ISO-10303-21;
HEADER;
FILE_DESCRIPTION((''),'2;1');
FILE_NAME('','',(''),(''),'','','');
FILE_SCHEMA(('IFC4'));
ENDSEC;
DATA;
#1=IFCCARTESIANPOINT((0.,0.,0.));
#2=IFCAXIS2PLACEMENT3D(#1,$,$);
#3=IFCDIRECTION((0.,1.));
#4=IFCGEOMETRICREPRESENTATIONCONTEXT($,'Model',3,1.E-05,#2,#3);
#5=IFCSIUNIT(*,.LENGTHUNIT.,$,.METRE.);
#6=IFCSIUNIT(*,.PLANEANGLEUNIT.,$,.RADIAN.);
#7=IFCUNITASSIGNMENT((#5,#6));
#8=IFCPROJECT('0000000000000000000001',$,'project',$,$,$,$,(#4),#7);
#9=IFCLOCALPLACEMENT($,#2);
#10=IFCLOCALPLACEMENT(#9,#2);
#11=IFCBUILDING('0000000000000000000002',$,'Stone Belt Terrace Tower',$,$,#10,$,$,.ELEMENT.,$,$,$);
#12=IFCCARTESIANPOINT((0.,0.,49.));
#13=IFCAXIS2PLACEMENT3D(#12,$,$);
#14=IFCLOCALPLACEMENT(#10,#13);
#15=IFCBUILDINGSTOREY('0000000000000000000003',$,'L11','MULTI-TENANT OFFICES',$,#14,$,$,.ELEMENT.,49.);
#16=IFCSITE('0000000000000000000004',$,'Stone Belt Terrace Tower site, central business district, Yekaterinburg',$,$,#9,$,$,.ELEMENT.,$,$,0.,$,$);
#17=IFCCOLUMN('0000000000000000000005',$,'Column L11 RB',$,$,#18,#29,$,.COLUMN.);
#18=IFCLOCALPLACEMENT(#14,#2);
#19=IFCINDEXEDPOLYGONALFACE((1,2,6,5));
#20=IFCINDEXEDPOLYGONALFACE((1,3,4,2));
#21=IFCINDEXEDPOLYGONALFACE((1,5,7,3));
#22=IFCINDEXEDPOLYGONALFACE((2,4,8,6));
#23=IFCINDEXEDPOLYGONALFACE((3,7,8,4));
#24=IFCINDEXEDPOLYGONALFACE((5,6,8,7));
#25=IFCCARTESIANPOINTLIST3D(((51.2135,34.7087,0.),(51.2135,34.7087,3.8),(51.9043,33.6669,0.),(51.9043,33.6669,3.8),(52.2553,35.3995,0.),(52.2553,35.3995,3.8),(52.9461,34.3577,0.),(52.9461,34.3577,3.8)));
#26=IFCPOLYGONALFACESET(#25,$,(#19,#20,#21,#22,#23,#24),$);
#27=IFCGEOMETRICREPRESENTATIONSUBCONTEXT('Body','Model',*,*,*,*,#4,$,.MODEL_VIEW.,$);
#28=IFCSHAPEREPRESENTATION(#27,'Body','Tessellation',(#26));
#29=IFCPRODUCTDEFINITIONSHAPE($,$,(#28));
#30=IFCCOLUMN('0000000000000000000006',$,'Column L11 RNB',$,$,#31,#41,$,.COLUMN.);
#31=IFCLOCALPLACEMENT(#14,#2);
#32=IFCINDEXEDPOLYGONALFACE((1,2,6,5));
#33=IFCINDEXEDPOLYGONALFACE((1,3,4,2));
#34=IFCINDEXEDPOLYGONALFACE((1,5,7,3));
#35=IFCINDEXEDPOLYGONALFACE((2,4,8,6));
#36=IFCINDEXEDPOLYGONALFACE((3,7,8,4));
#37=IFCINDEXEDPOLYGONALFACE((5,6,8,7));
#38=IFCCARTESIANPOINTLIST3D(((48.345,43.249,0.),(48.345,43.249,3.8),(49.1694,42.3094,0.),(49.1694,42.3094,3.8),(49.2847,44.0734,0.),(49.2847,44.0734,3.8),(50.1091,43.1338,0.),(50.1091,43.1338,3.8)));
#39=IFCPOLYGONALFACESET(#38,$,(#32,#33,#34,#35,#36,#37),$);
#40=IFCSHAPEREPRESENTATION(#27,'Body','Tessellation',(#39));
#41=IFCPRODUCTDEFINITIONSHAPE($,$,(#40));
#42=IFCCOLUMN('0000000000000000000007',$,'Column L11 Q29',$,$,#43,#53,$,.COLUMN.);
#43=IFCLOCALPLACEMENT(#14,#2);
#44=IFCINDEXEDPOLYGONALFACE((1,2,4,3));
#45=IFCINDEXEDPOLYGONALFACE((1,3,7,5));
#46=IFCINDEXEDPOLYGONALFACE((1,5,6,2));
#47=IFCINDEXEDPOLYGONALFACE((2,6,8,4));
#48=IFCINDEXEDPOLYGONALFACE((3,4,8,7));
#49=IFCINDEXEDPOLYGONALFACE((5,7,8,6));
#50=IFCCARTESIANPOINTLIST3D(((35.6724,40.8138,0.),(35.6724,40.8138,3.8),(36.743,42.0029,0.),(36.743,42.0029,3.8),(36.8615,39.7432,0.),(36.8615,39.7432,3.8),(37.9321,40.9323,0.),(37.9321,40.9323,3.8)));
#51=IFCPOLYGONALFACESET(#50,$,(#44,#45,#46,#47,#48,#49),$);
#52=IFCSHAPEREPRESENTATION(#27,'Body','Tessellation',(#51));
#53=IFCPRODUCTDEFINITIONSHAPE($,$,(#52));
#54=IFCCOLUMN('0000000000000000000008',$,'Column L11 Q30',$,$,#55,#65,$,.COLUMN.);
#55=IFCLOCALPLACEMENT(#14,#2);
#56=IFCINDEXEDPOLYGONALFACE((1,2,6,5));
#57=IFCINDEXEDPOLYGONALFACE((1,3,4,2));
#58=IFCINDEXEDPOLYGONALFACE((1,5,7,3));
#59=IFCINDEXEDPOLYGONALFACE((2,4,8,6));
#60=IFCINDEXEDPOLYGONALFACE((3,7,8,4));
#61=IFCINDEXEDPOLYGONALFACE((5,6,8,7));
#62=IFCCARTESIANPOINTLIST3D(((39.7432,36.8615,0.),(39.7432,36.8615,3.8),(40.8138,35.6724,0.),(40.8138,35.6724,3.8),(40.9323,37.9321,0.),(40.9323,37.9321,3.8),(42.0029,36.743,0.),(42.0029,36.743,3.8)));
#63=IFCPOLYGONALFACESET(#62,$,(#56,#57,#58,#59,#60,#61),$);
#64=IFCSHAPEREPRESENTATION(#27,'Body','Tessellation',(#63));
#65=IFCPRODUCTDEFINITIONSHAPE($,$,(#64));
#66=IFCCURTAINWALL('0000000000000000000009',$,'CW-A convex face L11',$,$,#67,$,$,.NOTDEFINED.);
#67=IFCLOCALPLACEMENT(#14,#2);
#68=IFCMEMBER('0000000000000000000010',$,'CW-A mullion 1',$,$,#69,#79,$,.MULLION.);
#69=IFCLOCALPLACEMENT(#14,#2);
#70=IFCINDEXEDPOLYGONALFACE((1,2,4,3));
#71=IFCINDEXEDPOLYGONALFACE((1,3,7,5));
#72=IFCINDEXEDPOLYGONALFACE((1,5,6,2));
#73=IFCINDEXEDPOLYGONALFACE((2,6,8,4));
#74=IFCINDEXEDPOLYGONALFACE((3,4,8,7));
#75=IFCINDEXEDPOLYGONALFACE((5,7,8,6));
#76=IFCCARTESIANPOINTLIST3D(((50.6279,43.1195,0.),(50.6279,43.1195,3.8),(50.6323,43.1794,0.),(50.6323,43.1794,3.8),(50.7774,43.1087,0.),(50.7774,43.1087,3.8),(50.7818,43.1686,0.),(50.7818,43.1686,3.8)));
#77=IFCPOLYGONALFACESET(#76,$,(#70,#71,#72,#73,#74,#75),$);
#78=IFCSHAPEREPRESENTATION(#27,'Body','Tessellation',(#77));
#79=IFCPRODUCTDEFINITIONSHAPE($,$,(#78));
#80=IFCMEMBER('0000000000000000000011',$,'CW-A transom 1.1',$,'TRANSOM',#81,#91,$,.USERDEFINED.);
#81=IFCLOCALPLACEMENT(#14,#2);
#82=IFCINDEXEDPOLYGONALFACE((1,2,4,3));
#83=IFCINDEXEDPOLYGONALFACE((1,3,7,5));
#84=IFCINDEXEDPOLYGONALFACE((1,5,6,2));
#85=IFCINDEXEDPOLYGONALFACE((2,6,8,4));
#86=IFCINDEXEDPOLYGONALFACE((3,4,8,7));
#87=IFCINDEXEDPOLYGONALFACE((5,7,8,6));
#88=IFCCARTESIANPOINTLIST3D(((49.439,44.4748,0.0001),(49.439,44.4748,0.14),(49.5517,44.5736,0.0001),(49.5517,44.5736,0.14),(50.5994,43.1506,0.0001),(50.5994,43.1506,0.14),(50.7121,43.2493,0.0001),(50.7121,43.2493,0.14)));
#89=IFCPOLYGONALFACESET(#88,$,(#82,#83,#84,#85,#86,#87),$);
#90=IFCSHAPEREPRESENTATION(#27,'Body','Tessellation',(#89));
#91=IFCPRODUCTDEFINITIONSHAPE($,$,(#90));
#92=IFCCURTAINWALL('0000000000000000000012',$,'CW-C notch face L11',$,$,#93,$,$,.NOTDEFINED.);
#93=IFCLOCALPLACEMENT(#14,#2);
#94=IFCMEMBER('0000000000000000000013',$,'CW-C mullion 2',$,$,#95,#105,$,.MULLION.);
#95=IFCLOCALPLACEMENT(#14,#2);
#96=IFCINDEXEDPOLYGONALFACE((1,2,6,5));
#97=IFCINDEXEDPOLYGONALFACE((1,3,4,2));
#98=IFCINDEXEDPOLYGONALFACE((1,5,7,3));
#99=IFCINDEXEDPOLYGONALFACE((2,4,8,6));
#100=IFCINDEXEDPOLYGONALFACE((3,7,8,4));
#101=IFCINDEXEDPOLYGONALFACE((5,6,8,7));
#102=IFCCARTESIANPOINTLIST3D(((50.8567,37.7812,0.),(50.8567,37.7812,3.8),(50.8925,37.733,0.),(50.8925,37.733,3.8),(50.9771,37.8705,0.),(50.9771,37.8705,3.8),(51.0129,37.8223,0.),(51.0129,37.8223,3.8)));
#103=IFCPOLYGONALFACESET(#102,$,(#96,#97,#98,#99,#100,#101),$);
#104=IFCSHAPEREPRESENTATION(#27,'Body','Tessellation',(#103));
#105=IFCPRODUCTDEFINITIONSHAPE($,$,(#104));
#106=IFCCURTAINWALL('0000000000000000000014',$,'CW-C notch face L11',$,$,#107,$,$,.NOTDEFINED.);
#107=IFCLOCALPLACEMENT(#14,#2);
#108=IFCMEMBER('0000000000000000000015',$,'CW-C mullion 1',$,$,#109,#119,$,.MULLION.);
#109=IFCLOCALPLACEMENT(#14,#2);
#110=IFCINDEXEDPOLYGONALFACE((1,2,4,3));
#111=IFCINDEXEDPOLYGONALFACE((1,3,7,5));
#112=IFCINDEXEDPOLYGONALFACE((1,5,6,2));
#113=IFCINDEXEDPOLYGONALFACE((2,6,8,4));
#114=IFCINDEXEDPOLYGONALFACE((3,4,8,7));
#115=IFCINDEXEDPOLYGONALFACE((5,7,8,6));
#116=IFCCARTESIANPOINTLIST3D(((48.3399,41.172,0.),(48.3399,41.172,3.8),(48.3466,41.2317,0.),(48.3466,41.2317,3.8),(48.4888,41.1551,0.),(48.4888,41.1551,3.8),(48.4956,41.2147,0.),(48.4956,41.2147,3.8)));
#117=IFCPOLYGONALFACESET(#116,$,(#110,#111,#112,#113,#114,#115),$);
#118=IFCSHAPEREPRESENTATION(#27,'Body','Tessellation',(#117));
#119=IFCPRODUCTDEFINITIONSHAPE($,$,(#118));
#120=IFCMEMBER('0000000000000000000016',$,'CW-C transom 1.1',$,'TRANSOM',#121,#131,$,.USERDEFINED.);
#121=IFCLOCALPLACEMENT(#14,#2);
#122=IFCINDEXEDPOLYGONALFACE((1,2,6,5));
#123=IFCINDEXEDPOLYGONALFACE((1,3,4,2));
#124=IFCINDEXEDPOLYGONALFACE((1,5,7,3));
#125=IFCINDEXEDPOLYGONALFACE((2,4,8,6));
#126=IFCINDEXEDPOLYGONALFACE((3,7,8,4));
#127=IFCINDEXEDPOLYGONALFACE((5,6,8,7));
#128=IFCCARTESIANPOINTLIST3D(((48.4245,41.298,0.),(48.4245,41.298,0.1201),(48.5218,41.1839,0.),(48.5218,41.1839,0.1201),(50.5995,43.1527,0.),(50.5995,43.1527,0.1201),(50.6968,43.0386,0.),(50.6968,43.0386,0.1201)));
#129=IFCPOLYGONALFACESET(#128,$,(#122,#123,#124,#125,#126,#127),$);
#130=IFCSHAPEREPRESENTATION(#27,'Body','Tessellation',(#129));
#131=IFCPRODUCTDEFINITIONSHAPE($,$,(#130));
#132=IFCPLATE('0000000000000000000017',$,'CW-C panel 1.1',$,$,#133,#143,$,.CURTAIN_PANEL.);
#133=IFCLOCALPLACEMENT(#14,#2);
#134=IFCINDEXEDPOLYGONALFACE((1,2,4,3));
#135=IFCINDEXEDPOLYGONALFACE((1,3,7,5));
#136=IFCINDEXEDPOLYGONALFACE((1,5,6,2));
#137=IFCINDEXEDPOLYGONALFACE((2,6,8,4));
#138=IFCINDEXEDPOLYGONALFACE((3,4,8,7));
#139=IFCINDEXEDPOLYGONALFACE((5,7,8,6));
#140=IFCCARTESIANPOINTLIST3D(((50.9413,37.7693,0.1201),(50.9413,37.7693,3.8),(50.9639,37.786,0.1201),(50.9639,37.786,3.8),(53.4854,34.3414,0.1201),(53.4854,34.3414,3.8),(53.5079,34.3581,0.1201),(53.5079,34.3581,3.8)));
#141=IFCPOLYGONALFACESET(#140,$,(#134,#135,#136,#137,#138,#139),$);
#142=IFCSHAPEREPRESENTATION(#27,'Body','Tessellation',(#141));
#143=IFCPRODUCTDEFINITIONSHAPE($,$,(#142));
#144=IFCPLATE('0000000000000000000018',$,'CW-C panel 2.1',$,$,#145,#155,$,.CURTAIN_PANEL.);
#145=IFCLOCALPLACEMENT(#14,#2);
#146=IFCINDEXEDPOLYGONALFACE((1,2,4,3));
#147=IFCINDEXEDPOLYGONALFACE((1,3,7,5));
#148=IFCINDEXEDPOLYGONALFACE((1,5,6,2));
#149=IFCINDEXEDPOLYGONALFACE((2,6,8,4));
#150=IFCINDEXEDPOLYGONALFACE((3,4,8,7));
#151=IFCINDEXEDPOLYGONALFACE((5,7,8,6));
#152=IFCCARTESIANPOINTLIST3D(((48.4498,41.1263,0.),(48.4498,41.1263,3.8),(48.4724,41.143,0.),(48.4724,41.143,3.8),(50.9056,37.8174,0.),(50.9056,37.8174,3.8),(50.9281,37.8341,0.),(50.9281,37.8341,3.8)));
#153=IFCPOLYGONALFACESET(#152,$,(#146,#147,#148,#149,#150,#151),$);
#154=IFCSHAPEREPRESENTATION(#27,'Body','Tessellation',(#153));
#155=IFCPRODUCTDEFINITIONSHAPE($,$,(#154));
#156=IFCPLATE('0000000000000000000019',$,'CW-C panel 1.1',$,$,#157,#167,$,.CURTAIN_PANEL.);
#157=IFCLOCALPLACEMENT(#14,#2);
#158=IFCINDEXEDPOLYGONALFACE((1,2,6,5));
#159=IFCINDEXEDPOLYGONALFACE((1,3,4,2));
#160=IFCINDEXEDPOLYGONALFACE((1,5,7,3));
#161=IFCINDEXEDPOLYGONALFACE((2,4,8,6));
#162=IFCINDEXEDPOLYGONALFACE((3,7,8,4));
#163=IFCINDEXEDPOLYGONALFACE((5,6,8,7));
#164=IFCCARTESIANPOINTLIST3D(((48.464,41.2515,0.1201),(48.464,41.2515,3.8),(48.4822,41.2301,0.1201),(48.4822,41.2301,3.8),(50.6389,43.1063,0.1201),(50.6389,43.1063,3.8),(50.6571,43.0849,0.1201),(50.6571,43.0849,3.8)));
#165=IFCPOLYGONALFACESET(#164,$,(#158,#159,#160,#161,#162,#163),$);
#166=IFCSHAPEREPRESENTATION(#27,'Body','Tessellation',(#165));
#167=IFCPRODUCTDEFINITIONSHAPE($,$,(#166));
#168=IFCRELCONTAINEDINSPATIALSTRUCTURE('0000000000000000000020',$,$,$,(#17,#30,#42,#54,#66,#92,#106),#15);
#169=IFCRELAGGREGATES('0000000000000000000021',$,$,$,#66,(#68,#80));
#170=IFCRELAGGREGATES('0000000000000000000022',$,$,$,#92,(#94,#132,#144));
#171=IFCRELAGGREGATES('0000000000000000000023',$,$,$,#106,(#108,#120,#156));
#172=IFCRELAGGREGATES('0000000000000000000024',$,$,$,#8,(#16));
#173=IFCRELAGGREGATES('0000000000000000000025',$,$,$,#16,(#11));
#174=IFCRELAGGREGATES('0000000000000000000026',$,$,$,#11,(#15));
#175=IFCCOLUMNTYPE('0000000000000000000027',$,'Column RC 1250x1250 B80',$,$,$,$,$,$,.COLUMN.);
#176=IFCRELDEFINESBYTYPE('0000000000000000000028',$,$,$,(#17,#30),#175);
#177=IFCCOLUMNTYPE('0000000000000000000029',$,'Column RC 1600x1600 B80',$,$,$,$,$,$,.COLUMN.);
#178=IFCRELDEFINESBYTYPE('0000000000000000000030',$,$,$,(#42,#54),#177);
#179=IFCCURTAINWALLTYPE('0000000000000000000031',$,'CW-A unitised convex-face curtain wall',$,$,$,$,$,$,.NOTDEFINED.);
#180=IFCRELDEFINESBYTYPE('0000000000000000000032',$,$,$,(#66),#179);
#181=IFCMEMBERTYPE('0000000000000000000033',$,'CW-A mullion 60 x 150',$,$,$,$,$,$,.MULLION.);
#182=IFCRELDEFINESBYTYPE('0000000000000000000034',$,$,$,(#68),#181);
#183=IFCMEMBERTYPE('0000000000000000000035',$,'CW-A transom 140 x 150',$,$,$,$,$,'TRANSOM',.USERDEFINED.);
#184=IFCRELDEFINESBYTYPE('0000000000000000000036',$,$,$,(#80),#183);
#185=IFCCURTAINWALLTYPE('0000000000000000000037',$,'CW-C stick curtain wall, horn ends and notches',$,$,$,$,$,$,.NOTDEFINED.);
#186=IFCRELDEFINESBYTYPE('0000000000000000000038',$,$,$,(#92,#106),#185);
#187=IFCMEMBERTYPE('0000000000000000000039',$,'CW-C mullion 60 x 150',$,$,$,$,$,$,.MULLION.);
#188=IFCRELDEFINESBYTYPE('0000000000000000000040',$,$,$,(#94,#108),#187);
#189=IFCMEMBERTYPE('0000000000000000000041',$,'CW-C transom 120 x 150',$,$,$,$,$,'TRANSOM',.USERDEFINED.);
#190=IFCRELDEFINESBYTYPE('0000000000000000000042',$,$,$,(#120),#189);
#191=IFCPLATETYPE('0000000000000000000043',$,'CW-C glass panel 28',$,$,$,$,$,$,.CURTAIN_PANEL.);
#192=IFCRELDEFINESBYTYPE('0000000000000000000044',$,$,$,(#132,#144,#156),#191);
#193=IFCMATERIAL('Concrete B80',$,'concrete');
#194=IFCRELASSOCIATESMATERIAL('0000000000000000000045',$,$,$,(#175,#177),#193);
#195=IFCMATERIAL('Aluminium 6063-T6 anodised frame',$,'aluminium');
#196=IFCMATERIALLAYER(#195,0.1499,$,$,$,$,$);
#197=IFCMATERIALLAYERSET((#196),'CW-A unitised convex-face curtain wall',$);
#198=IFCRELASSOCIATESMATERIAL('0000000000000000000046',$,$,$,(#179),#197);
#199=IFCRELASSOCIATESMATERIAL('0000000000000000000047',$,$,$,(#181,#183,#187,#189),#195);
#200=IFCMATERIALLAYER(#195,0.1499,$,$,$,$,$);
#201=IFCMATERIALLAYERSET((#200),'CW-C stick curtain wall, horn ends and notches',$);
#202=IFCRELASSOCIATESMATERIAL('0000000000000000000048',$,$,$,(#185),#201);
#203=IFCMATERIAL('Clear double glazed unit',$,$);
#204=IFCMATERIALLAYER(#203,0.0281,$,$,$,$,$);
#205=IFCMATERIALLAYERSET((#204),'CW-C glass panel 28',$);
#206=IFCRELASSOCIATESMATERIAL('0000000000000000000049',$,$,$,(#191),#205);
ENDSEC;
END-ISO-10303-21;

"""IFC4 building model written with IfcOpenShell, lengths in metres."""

from ifc_helpers import new_model, si_unit, direction, frame, origin, origin_2d, place, context, subcontext, project, spatial, rectangle, extrude, material, layer, layer_set, material_profile, profile_set, type_object, element, aggregate, save


model = new_model("IFC4")

# Units and contexts
model_context = context("Model", 3, precision=1e-05, world=origin(), true_north=direction((0.0, 1.0)))
body_context = subcontext(model_context, "Body", "Model", "MODEL_VIEW")
ifc_project = project(units=[si_unit("LENGTHUNIT", "METRE"), si_unit("PLANEANGLEUNIT", "RADIAN")], contexts=[model_context])

# Site, building, storey
site_placement = place(None, origin())
site = spatial("IfcSite", under=ifc_project, at=site_placement, Name="Stone Belt Terrace Tower site, central business district, Yekaterinburg", CompositionType="ELEMENT", RefElevation=0.0)
building_placement = place(site_placement, origin())
building = spatial("IfcBuilding", under=site, at=building_placement, Name="Stone Belt Terrace Tower", CompositionType="ELEMENT")
storey_placement = place(building_placement, frame((0.0, 0.0, 49.0)))
storey = spatial("IfcBuildingStorey", under=building, at=storey_placement, Name="L11", Description="MULTI-TENANT OFFICES", CompositionType="ELEMENT", Elevation=49.0)

# Columns
ifc_material_1 = material(Name="Concrete B80", Category="concrete")
ifc_material_profile_1 = material_profile(ifc_material_1, rectangle(XDim=1.25, YDim=1.25, at=origin_2d()), Name="RC 1250x1250")
ifc_profile_set_1 = profile_set([ifc_material_profile_1], Name="Concrete B80")
column_type_1 = type_object("IfcColumnType", Name="Column RC 1250x1250 B80", PredefinedType="COLUMN", material=ifc_profile_set_1)
for number, where, z_axis, x_axis, name in (
    (1, (52.0798, 34.5332, 0.0), (0.0, 0.0, 1.0), (0.552632, -0.833425, 0.0), "Column L11 RB"),
    (2, (49.2271, 43.1914, 0.0), (0.0, 0.0, 1.0), (0.659522, -0.751686, 0.0), "Column L11 RNB"),
):
    element("IfcColumn", number, at=place(storey_placement, frame(where, z_axis=z_axis, x_axis=x_axis)), inside=storey, type_object=column_type_1, Name=name, PredefinedType="COLUMN", context=body_context, shape_type="SweptSolid", body=[
        extrude(rectangle(XDim=1.25, YDim=1.25, at=origin_2d()), origin(), (0.0, 0.0, 1.0), 3.8),
    ])
ifc_material_profile_2 = material_profile(ifc_material_1, rectangle(XDim=1.6001, YDim=1.6001, at=origin_2d()), Name="RC 1600x1600")
ifc_profile_set_2 = profile_set([ifc_material_profile_2], Name="Concrete B80")
column_type_2 = type_object("IfcColumnType", Name="Column RC 1600x1600 B80", PredefinedType="COLUMN", material=ifc_profile_set_2)
for number, where, z_axis, x_axis, name in (
    (3, (36.8022, 40.873, 0.0), (0.0, 0.0, 1.0), (0.743145, -0.669131, 0.0), "Column L11 Q29"),
    (4, (40.873, 36.8022, 0.0), (0.0, 0.0, 1.0), (0.669131, -0.743145, 0.0), "Column L11 Q30"),
):
    element("IfcColumn", number, at=place(storey_placement, frame(where, z_axis=z_axis, x_axis=x_axis)), inside=storey, type_object=column_type_2, Name=name, PredefinedType="COLUMN", context=body_context, shape_type="SweptSolid", body=[
        extrude(rectangle(XDim=1.6001, YDim=1.6001, at=origin_2d()), origin(), (0.0, 0.0, 1.0), 3.8),
    ])

# Curtain wall, members
ifc_material_2 = material(Name="Aluminium 6063-T6 anodised frame", Category="aluminium")
ifc_layer_1 = layer(ifc_material_2, 0.1499)
ifc_layer_set_1 = layer_set([ifc_layer_1], Name="CW-A unitised convex-face curtain wall")
curtain_wall_type_1 = type_object("IfcCurtainWallType", Name="CW-A unitised convex-face curtain wall", PredefinedType="NOTDEFINED", material=ifc_layer_set_1)
curtain_wall_1_placement = place(storey_placement, origin())
curtain_wall_1 = element("IfcCurtainWall", 5, at=curtain_wall_1_placement, inside=storey, type_object=curtain_wall_type_1, Name="CW-A convex face L11", PredefinedType="NOTDEFINED")
ifc_material_profile_3 = material_profile(ifc_material_2, rectangle(XDim=0.1499, YDim=0.0601, at=origin_2d()), Name="Aluminium 6063-T6 60x150")
ifc_profile_set_3 = profile_set([ifc_material_profile_3], Name="Aluminium 6063-T6 anodised frame")
member_type_1 = type_object("IfcMemberType", Name="CW-A mullion 60 x 150", PredefinedType="MULLION", material=ifc_profile_set_3)
member_1_placement = place(storey_placement, frame((50.7048, 43.144, 0.0), z_axis=(0.0, 0.0, 1.0), x_axis=(-0.99737, 0.072474, 0.0)))
member_1 = element("IfcMember", 6, at=member_1_placement, type_object=member_type_1, Name="CW-A mullion 1", PredefinedType="MULLION", context=body_context, shape_type="SweptSolid", body=[
    extrude(rectangle(XDim=0.1499, YDim=0.0601, at=origin_2d()), origin(), (0.0, 0.0, 1.0), 3.8),
])
ifc_material_profile_4 = material_profile(ifc_material_2, rectangle(XDim=0.1499, YDim=0.1399, at=origin_2d()), Name="Aluminium 6063-T6 150x140")
ifc_profile_set_4 = profile_set([ifc_material_profile_4], Name="Aluminium 6063-T6 anodised frame")
member_type_2 = type_object("IfcMemberType", Name="CW-A transom 140 x 150", ElementType="TRANSOM", PredefinedType="USERDEFINED", material=ifc_profile_set_4)
member_2_placement = place(storey_placement, frame((50.6558, 43.2, 0.0701), z_axis=(-0.659054, 0.752095, 0.0), x_axis=(-0.752095, -0.659054, 0.0)))
member_2 = element("IfcMember", 7, at=member_2_placement, type_object=member_type_2, Name="CW-A transom 1.1", ObjectType="TRANSOM", PredefinedType="USERDEFINED", context=body_context, shape_type="SweptSolid", body=[
    extrude(rectangle(XDim=0.1499, YDim=0.1399, at=origin_2d()), origin(), (0.0, 0.0, 1.0), 1.7607),
])
aggregate(curtain_wall_1, [member_1, member_2])

# Curtain wall, member
ifc_layer_2 = layer(ifc_material_2, 0.1499)
ifc_layer_set_2 = layer_set([ifc_layer_2], Name="CW-C stick curtain wall, horn ends and notches")
curtain_wall_type_2 = type_object("IfcCurtainWallType", Name="CW-C stick curtain wall, horn ends and notches", PredefinedType="NOTDEFINED", material=ifc_layer_set_2)
curtain_wall_2_placement = place(storey_placement, origin())
curtain_wall_2 = element("IfcCurtainWall", 8, at=curtain_wall_2_placement, inside=storey, type_object=curtain_wall_type_2, Name="CW-C notch face L11", PredefinedType="NOTDEFINED")
ifc_material_profile_5 = material_profile(ifc_material_2, rectangle(XDim=0.1499, YDim=0.0601, at=origin_2d()), Name="Aluminium 6063-T6 60x150")
ifc_profile_set_5 = profile_set([ifc_material_profile_5], Name="Aluminium 6063-T6 anodised frame")
member_type_3 = type_object("IfcMemberType", Name="CW-C mullion 60 x 150", PredefinedType="MULLION", material=ifc_profile_set_5)
member_3_placement = place(storey_placement, frame((50.9348, 37.8018, 0.0), z_axis=(0.0, 0.0, 1.0), x_axis=(-0.803011, -0.595964, 0.0)))
member_3 = element("IfcMember", 9, at=member_3_placement, type_object=member_type_3, Name="CW-C mullion 2", PredefinedType="MULLION", context=body_context, shape_type="SweptSolid", body=[
    extrude(rectangle(XDim=0.1499, YDim=0.0601, at=origin_2d()), origin(), (0.0, 0.0, 1.0), 3.8),
])

# Curtain wall, members
curtain_wall_3_placement = place(storey_placement, origin())
curtain_wall_3 = element("IfcCurtainWall", 10, at=curtain_wall_3_placement, inside=storey, type_object=curtain_wall_type_2, Name="CW-C notch face L11", PredefinedType="NOTDEFINED")
member_4_placement = place(storey_placement, frame((48.4177, 41.1934, 0.0), z_axis=(0.0, 0.0, 1.0), x_axis=(-0.993611, 0.112857, 0.0)))
member_4 = element("IfcMember", 11, at=member_4_placement, type_object=member_type_3, Name="CW-C mullion 1", PredefinedType="MULLION", context=body_context, shape_type="SweptSolid", body=[
    extrude(rectangle(XDim=0.1499, YDim=0.0601, at=origin_2d()), origin(), (0.0, 0.0, 1.0), 3.8),
])
ifc_material_profile_6 = material_profile(ifc_material_2, rectangle(XDim=0.1499, YDim=0.1201, at=origin_2d()), Name="Aluminium 6063-T6 150x120")
ifc_profile_set_6 = profile_set([ifc_material_profile_6], Name="Aluminium 6063-T6 anodised frame")
member_type_4 = type_object("IfcMemberType", Name="CW-C transom 120 x 150", ElementType="TRANSOM", PredefinedType="USERDEFINED", material=ifc_profile_set_6)
member_5_placement = place(storey_placement, frame((48.4731, 41.241, 0.0601), z_axis=(0.760912, 0.648855, 0.0), x_axis=(-0.648855, 0.760912, 0.0)))
member_5 = element("IfcMember", 12, at=member_5_placement, type_object=member_type_4, Name="CW-C transom 1.1", ObjectType="TRANSOM", PredefinedType="USERDEFINED", context=body_context, shape_type="SweptSolid", body=[
    extrude(rectangle(XDim=0.1499, YDim=0.1201, at=origin_2d()), origin(), (0.0, 0.0, 1.0), 2.8584),
])

# Plates
ifc_material_3 = material(Name="Clear double glazed unit")
ifc_layer_3 = layer(ifc_material_3, 0.0281)
ifc_layer_set_3 = layer_set([ifc_layer_3], Name="CW-C glass panel 28")
plate_type = type_object("IfcPlateType", Name="CW-C glass panel 28", PredefinedType="CURTAIN_PANEL", material=ifc_layer_set_3)
plate_1_placement = place(storey_placement, frame((52.2246, 36.0637, 0.1201), z_axis=(0.0, 0.0, 1.0), x_axis=(-0.595964, 0.803011, 0.0)))
plate_1 = element("IfcPlate", 13, at=plate_1_placement, type_object=plate_type, Name="CW-C panel 1.1", PredefinedType="CURTAIN_PANEL", context=body_context, shape_type="SweptSolid", body=[
    extrude(rectangle(XDim=4.2688, YDim=0.0281, at=origin_2d()), origin(), (0.0, 0.0, 1.0), 3.6799),
])
plate_2_placement = place(storey_placement, frame((49.689, 39.4802, 0.0), z_axis=(0.0, 0.0, 1.0), x_axis=(-0.595964, 0.803011, 0.0)))
plate_2 = element("IfcPlate", 14, at=plate_2_placement, type_object=plate_type, Name="CW-C panel 2.1", PredefinedType="CURTAIN_PANEL", context=body_context, shape_type="SweptSolid", body=[
    extrude(rectangle(XDim=4.1206, YDim=0.0281, at=origin_2d()), origin(), (0.0, 0.0, 1.0), 3.8),
])
aggregate(curtain_wall_2, [member_3, plate_1, plate_2])
plate_3_placement = place(storey_placement, frame((49.5605, 42.1682, 0.1201), z_axis=(0.0, 0.0, 1.0), x_axis=(0.760876, 0.648898, 0.0)))
plate_3 = element("IfcPlate", 15, at=plate_3_placement, type_object=plate_type, Name="CW-C panel 1.1", PredefinedType="CURTAIN_PANEL", context=body_context, shape_type="SweptSolid", body=[
    extrude(rectangle(XDim=2.8584, YDim=0.0281, at=origin_2d()), origin(), (0.0, 0.0, 1.0), 3.6799),
])
aggregate(curtain_wall_3, [member_4, member_5, plate_3])

save(model, "model.ifc")
